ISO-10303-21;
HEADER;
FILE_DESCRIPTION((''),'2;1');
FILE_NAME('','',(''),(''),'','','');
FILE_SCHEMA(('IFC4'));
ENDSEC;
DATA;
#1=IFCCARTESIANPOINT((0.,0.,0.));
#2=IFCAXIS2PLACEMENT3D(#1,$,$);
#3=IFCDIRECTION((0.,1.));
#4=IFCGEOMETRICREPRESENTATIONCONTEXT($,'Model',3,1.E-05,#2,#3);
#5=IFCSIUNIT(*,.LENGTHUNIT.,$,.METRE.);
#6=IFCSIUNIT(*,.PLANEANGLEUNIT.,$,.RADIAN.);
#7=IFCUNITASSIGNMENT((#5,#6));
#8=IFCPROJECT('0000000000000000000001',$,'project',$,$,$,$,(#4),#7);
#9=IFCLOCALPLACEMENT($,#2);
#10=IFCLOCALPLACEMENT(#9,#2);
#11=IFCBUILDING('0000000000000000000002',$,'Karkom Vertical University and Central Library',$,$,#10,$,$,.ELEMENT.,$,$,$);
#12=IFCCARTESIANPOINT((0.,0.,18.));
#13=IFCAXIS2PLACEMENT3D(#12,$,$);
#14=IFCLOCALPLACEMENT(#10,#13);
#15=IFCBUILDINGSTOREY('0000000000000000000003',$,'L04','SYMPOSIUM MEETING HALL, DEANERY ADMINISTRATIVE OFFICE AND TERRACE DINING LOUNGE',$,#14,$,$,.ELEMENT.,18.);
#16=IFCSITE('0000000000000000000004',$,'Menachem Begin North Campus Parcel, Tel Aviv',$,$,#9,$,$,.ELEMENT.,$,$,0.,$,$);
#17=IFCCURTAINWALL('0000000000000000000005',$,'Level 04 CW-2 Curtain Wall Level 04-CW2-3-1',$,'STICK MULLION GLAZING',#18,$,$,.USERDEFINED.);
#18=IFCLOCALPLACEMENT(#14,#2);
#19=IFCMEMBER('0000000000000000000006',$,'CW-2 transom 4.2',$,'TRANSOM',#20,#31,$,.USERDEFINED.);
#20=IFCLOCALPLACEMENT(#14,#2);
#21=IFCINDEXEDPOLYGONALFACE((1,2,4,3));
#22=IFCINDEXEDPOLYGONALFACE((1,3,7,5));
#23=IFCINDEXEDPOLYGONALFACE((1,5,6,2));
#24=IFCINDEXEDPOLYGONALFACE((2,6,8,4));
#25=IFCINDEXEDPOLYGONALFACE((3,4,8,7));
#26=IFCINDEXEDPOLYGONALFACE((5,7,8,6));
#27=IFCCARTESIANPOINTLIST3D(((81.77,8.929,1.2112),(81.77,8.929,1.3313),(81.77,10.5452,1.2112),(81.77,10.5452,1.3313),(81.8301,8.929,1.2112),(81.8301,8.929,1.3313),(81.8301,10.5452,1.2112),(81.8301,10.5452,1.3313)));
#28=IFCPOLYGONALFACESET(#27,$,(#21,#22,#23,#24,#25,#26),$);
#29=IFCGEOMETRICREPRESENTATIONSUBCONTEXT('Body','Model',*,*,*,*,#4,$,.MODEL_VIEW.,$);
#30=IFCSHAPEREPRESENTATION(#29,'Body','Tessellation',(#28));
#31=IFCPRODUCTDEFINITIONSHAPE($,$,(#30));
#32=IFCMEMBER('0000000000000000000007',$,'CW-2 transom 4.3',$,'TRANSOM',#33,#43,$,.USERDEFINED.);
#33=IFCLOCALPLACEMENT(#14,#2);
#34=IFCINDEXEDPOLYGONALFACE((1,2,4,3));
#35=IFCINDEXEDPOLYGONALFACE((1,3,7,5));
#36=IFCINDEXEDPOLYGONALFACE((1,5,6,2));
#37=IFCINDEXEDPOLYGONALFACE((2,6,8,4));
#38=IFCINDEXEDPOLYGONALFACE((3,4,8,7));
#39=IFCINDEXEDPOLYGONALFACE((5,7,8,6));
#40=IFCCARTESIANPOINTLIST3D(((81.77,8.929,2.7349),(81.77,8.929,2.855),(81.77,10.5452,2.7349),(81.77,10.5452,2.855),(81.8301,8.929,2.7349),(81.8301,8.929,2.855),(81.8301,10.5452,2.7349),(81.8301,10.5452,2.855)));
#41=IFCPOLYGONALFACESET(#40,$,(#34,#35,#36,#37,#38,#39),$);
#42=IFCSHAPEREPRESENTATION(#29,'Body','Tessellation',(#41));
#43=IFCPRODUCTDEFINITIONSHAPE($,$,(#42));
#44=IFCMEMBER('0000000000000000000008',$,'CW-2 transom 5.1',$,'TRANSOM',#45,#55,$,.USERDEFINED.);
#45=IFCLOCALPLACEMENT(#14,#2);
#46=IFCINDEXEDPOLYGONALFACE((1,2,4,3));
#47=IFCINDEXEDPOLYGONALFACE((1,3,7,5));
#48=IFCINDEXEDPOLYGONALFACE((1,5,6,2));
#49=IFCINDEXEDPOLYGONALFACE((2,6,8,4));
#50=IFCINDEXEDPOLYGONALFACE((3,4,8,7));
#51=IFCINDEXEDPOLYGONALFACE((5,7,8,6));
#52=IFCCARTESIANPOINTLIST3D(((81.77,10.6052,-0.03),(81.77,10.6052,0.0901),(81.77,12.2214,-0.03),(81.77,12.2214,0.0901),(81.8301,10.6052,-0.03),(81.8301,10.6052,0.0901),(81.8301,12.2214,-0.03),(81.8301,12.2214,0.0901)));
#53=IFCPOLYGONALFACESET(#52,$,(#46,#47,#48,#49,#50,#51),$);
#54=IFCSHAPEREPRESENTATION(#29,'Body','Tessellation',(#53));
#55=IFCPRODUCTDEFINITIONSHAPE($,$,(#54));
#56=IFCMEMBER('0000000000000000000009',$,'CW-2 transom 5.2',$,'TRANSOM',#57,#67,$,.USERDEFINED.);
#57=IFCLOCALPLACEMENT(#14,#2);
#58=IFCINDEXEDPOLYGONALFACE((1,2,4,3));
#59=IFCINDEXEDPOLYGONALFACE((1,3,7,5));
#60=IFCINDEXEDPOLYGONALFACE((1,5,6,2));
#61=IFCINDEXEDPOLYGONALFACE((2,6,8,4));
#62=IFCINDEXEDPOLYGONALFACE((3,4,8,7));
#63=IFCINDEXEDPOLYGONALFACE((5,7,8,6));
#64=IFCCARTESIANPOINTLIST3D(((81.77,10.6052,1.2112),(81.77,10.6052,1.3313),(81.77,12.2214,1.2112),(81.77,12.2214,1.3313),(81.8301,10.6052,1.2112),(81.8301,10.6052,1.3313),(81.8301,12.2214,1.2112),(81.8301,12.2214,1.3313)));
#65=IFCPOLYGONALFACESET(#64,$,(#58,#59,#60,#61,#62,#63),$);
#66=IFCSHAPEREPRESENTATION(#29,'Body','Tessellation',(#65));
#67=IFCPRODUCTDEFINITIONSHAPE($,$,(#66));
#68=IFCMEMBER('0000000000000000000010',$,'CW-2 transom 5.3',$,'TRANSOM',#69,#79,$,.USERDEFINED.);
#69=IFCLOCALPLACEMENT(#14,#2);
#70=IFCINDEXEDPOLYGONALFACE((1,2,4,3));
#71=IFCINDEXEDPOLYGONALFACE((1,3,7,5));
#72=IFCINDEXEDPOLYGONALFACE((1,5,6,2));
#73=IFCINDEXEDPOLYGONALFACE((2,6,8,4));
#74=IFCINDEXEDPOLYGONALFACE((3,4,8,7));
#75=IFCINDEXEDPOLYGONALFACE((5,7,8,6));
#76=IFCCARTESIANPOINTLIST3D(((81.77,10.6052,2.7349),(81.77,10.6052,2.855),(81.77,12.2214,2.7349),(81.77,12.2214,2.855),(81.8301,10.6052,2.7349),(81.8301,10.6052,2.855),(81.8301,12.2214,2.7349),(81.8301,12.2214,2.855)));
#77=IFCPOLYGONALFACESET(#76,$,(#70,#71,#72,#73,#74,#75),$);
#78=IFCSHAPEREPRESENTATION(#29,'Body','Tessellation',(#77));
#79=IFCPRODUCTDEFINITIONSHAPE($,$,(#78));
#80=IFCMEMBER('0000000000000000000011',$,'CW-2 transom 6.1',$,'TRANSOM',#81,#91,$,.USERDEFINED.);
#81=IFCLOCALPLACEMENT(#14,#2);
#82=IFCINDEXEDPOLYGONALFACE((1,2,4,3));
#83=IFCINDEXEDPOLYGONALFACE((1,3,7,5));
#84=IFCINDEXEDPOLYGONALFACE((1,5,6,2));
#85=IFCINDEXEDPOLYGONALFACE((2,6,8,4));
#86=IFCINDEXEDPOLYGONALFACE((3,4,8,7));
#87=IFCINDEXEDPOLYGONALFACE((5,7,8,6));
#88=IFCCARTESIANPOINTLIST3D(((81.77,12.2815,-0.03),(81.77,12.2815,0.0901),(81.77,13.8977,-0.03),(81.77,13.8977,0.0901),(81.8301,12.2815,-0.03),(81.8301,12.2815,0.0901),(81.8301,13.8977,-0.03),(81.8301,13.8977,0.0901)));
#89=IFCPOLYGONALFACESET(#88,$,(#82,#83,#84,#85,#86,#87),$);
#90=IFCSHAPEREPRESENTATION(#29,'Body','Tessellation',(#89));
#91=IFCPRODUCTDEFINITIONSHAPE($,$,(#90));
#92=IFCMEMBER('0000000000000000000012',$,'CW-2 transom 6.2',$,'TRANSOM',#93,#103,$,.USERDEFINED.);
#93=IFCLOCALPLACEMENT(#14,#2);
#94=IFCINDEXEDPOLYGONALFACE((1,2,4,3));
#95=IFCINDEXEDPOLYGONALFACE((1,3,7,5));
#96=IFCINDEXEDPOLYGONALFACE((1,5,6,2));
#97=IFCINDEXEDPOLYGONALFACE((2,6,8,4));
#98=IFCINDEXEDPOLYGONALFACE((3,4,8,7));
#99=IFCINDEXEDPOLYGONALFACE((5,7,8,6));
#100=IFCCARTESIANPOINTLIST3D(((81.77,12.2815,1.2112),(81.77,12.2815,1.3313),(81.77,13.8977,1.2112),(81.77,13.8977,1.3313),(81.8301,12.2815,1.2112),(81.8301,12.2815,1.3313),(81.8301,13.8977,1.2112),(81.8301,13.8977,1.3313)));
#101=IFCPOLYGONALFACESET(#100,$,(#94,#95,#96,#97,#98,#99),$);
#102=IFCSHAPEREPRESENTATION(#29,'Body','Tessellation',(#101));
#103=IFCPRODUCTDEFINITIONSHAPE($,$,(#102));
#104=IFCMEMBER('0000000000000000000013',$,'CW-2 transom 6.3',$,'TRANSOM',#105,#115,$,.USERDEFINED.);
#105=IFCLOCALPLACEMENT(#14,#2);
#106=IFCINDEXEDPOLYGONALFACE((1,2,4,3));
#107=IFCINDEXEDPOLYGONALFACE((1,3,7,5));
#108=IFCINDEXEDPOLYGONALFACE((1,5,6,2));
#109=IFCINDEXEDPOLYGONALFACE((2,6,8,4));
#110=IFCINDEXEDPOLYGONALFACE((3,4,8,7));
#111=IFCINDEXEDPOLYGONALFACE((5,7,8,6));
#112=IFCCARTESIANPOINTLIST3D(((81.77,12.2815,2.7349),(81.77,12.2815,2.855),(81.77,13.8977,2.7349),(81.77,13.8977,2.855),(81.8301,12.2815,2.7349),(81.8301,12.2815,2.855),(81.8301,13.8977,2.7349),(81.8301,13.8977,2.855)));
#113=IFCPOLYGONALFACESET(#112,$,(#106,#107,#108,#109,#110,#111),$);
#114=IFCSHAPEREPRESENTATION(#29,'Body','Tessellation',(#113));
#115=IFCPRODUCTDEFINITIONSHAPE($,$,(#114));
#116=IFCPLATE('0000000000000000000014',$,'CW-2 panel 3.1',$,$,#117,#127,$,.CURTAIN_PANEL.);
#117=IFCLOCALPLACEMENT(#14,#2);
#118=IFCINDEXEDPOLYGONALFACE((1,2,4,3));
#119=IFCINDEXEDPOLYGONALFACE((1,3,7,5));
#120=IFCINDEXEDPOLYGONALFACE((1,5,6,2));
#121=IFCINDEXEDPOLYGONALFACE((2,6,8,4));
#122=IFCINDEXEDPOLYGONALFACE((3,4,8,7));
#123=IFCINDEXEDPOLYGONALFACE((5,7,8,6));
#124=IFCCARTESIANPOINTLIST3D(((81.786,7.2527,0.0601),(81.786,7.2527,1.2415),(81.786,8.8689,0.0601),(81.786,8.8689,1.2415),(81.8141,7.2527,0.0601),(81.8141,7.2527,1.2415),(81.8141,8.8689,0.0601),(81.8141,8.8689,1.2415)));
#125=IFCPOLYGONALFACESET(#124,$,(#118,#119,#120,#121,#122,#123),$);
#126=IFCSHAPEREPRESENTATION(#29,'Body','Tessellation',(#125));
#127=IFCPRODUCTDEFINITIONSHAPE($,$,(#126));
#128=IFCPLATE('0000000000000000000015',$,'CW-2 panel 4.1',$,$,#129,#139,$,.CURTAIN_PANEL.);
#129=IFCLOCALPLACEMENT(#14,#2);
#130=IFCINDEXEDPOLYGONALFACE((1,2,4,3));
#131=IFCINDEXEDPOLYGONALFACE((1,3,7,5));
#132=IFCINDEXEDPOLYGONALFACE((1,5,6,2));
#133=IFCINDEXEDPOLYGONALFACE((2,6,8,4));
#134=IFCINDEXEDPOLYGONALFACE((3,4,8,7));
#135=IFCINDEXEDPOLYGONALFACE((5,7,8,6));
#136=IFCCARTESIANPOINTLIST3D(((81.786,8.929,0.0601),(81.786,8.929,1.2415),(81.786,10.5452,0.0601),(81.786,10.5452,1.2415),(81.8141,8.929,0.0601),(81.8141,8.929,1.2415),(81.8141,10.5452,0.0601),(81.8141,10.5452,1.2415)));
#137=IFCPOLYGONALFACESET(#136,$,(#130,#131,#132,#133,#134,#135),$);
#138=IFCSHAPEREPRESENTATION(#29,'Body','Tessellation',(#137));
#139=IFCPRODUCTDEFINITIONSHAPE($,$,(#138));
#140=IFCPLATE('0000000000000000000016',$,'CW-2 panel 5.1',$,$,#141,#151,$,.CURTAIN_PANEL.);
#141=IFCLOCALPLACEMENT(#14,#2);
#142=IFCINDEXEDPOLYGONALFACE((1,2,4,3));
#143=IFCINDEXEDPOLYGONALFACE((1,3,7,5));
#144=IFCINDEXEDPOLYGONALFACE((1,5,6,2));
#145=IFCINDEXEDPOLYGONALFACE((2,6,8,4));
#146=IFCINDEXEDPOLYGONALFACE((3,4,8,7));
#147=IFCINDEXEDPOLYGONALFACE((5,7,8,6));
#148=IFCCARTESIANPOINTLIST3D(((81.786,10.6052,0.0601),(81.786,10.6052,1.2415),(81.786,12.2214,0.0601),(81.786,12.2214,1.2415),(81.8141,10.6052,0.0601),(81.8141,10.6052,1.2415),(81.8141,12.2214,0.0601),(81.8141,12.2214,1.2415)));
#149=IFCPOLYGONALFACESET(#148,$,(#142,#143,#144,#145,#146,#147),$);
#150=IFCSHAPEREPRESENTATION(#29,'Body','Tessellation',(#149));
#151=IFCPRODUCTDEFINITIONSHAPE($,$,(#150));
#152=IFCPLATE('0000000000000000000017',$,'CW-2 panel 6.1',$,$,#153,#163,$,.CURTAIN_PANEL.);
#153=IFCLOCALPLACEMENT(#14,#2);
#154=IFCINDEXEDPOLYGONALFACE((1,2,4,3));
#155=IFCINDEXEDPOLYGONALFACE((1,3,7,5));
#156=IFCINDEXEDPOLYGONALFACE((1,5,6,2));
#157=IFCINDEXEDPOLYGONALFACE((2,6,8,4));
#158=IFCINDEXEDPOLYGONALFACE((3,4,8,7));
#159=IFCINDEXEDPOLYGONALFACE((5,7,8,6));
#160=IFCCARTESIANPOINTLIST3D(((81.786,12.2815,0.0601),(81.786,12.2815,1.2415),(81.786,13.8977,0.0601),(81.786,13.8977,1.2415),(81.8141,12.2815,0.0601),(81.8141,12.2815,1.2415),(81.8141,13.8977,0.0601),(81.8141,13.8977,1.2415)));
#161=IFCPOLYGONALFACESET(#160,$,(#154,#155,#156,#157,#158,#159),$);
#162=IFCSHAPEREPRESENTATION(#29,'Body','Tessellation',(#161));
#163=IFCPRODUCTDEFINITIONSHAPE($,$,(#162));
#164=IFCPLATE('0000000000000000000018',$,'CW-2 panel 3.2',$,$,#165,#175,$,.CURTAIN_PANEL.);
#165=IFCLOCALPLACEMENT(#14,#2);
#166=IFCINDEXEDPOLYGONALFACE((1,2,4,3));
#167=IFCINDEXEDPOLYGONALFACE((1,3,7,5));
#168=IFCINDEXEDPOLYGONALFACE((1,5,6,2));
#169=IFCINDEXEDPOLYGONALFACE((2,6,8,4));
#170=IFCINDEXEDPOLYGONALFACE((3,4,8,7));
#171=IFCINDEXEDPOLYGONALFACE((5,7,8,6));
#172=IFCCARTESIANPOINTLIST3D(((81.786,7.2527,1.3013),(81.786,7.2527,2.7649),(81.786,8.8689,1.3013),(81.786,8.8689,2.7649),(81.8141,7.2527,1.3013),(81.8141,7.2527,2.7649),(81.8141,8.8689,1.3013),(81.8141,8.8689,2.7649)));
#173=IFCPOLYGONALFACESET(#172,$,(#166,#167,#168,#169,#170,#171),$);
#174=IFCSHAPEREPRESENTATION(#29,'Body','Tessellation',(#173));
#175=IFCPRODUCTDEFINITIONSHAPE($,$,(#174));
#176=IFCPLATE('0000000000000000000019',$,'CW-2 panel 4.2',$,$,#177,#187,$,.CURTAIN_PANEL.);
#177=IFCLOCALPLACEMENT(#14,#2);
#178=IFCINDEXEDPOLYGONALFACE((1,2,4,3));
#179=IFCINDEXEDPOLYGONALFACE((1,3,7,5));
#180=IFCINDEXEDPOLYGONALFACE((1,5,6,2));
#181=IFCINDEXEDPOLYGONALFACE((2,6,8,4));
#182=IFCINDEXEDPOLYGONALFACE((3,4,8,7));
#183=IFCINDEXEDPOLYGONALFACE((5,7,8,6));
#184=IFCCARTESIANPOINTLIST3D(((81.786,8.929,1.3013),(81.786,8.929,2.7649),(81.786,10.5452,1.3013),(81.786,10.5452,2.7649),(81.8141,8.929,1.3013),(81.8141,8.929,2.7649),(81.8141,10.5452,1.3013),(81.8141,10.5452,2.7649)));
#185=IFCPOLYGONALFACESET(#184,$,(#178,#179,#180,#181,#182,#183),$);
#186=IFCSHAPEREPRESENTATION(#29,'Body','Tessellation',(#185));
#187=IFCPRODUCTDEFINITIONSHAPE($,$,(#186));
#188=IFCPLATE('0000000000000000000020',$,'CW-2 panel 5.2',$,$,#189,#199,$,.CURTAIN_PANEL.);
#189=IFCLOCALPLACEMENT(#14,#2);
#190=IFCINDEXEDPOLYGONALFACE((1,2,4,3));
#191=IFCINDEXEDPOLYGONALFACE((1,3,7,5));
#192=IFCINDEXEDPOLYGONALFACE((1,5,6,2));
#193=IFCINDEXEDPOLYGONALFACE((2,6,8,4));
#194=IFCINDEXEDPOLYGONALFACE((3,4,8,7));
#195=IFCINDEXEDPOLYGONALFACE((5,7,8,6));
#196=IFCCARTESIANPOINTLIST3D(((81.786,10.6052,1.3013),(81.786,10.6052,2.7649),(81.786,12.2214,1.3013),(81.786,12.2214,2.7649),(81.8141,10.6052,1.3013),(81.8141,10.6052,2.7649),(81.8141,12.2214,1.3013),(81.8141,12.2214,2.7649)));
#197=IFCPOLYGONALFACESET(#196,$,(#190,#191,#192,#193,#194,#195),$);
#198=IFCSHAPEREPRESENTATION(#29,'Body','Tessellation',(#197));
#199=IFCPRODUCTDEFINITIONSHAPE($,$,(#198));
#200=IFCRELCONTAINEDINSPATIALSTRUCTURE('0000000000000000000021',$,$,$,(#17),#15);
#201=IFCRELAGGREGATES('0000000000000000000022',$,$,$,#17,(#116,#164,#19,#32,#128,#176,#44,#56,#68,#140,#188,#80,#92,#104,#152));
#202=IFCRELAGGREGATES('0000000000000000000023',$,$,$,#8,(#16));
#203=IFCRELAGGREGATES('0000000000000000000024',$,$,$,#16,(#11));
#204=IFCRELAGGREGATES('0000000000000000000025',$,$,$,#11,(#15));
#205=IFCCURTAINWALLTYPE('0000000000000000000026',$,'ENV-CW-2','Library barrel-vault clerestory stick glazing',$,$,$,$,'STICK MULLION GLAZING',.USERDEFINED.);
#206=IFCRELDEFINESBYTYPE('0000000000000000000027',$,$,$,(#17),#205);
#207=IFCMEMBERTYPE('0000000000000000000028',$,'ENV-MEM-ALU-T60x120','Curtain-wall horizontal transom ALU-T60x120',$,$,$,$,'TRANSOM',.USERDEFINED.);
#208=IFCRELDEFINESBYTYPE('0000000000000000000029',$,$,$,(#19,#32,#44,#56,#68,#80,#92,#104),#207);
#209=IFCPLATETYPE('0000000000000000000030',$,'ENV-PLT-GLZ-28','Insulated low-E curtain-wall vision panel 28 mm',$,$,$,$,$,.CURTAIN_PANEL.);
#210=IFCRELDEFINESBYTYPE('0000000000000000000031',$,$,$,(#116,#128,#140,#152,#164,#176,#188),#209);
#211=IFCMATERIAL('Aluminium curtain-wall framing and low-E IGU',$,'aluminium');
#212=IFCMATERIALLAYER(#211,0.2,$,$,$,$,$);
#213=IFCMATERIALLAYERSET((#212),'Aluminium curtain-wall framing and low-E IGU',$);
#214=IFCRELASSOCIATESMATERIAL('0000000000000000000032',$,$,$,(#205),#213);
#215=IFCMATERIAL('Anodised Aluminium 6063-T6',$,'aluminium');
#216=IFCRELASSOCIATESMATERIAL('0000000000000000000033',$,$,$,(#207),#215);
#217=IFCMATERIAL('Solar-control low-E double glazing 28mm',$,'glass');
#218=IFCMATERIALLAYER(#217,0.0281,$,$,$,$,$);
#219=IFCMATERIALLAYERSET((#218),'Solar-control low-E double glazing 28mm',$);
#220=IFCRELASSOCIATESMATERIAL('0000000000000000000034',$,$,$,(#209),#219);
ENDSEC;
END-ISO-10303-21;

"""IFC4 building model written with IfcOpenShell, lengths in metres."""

from ifc_helpers import new_model, si_unit, direction, frame, origin, origin_with_axes, origin_2d, place, context, subcontext, project, spatial, rectangle, extrude, source, transform, mapped, material, layer, layer_set, material_profile, profile_set, type_object, element, aggregate, save


model = new_model("IFC4")

# Units and contexts
model_context = context("Model", 3, precision=1e-05, world=origin(), true_north=direction((0.0, 1.0)))
body_context = subcontext(model_context, "Body", "Model", "MODEL_VIEW")
ifc_project = project(units=[si_unit("LENGTHUNIT", "METRE"), si_unit("PLANEANGLEUNIT", "RADIAN")], contexts=[model_context])

# Site, building, storey
site_placement = place(None, origin())
site = spatial("IfcSite", under=ifc_project, at=site_placement, Name="Menachem Begin North Campus Parcel, Tel Aviv", CompositionType="ELEMENT", RefElevation=0.0)
building_placement = place(site_placement, origin())
building = spatial("IfcBuilding", under=site, at=building_placement, Name="Karkom Vertical University and Central Library", CompositionType="ELEMENT")
storey_placement = place(building_placement, frame((0.0, 0.0, 18.0)))
storey = spatial("IfcBuildingStorey", under=building, at=storey_placement, Name="L04", Description="SYMPOSIUM MEETING HALL, DEANERY ADMINISTRATIVE OFFICE AND TERRACE DINING LOUNGE", CompositionType="ELEMENT", Elevation=18.0)

# Curtain wall, members, plates
ifc_material_1 = material(Name="Aluminium curtain-wall framing and low-E IGU", Category="aluminium")
ifc_layer_1 = layer(ifc_material_1, 0.2)
ifc_layer_set_1 = layer_set([ifc_layer_1], Name="Aluminium curtain-wall framing and low-E IGU")
curtain_wall_type = type_object("IfcCurtainWallType", Name="ENV-CW-2", Description="Library barrel-vault clerestory stick glazing", ElementType="STICK MULLION GLAZING", PredefinedType="USERDEFINED", material=ifc_layer_set_1)
curtain_wall_placement = place(storey_placement, origin())
curtain_wall = element("IfcCurtainWall", 1, at=curtain_wall_placement, inside=storey, type_object=curtain_wall_type, Name="Level 04 CW-2 Curtain Wall Level 04-CW2-3-1", ObjectType="STICK MULLION GLAZING", PredefinedType="USERDEFINED")
ifc_material_2 = material(Name="Anodised Aluminium 6063-T6", Category="aluminium")
ifc_material_profile_1 = material_profile(ifc_material_2, rectangle(XDim=0.0601, YDim=0.1201, at=origin_2d()), Name="ALU-T60x120")
ifc_profile_set_1 = profile_set([ifc_material_profile_1], Name="Anodised Aluminium 6063-T6")
member_type_1 = type_object("IfcMemberType", Name="ENV-MEM-ALU-T60x120", Description="Curtain-wall horizontal transom ALU-T60x120", ElementType="TRANSOM", PredefinedType="USERDEFINED", material=ifc_profile_set_1)
shared_shape_1 = source(origin_with_axes(), body_context, "Body", "SweptSolid", [
    extrude(rectangle(XDim=0.0601, YDim=0.1201, at=origin_2d()), origin(), (0.0, 0.0, 1.0), 1.6162),
])
member_1_placement = place(storey_placement, frame((81.8, 8.929, 1.2712), z_axis=(0.0, 1.0, 0.0), x_axis=(-1.0, 0.0, 0.0)))
member_1 = element("IfcMember", 2, at=member_1_placement, type_object=member_type_1, Name="CW-2 transom 4.2", ObjectType="TRANSOM", PredefinedType="USERDEFINED", context=body_context, shape_type="MappedRepresentation", body=[
    mapped(shared_shape_1, transform((0.0, 0.0, 0.0), scale=1.0)),
])
member_2_placement = place(storey_placement, frame((81.8, 8.929, 2.7949), z_axis=(0.0, 1.0, 0.0), x_axis=(-1.0, 0.0, 0.0)))
member_2 = element("IfcMember", 3, at=member_2_placement, type_object=member_type_1, Name="CW-2 transom 4.3", ObjectType="TRANSOM", PredefinedType="USERDEFINED", context=body_context, shape_type="MappedRepresentation", body=[
    mapped(shared_shape_1, transform((0.0, 0.0, 0.0), scale=1.0)),
])
member_3_placement = place(storey_placement, frame((81.8, 10.6052, 0.03), z_axis=(0.0, 1.0, 0.0), x_axis=(-1.0, 0.0, 0.0)))
member_3 = element("IfcMember", 4, at=member_3_placement, type_object=member_type_1, Name="CW-2 transom 5.1", ObjectType="TRANSOM", PredefinedType="USERDEFINED", context=body_context, shape_type="MappedRepresentation", body=[
    mapped(shared_shape_1, transform((0.0, 0.0, 0.0), scale=1.0)),
])
member_4_placement = place(storey_placement, frame((81.8, 10.6052, 1.2712), z_axis=(0.0, 1.0, 0.0), x_axis=(-1.0, 0.0, 0.0)))
member_4 = element("IfcMember", 5, at=member_4_placement, type_object=member_type_1, Name="CW-2 transom 5.2", ObjectType="TRANSOM", PredefinedType="USERDEFINED", context=body_context, shape_type="MappedRepresentation", body=[
    mapped(shared_shape_1, transform((0.0, 0.0, 0.0), scale=1.0)),
])
member_5_placement = place(storey_placement, frame((81.8, 10.6052, 2.7949), z_axis=(0.0, 1.0, 0.0), x_axis=(-1.0, 0.0, 0.0)))
member_5 = element("IfcMember", 6, at=member_5_placement, type_object=member_type_1, Name="CW-2 transom 5.3", ObjectType="TRANSOM", PredefinedType="USERDEFINED", context=body_context, shape_type="MappedRepresentation", body=[
    mapped(shared_shape_1, transform((0.0, 0.0, 0.0), scale=1.0)),
])
member_6_placement = place(storey_placement, frame((81.8, 12.2815, 0.03), z_axis=(0.0, 1.0, 0.0), x_axis=(-1.0, 0.0, 0.0)))
member_6 = element("IfcMember", 7, at=member_6_placement, type_object=member_type_1, Name="CW-2 transom 6.1", ObjectType="TRANSOM", PredefinedType="USERDEFINED", context=body_context, shape_type="MappedRepresentation", body=[
    mapped(shared_shape_1, transform((0.0, 0.0, 0.0), scale=1.0)),
])
member_7_placement = place(storey_placement, frame((81.8, 12.2815, 1.2712), z_axis=(0.0, 1.0, 0.0), x_axis=(-1.0, 0.0, 0.0)))
member_7 = element("IfcMember", 8, at=member_7_placement, type_object=member_type_1, Name="CW-2 transom 6.2", ObjectType="TRANSOM", PredefinedType="USERDEFINED", context=body_context, shape_type="MappedRepresentation", body=[
    mapped(shared_shape_1, transform((0.0, 0.0, 0.0), scale=1.0)),
])
member_8_placement = place(storey_placement, frame((81.8, 12.2815, 2.7949), z_axis=(0.0, 1.0, 0.0), x_axis=(-1.0, 0.0, 0.0)))
member_8 = element("IfcMember", 9, at=member_8_placement, type_object=member_type_1, Name="CW-2 transom 6.3", ObjectType="TRANSOM", PredefinedType="USERDEFINED", context=body_context, shape_type="MappedRepresentation", body=[
    mapped(shared_shape_1, transform((0.0, 0.0, 0.0), scale=1.0)),
])
ifc_material_3 = material(Name="Solar-control low-E double glazing 28mm", Category="glass")
ifc_layer_2 = layer(ifc_material_3, 0.0281)
ifc_layer_set_2 = layer_set([ifc_layer_2], Name="Solar-control low-E double glazing 28mm")
plate_type = type_object("IfcPlateType", Name="ENV-PLT-GLZ-28", Description="Insulated low-E curtain-wall vision panel 28 mm", PredefinedType="CURTAIN_PANEL", material=ifc_layer_set_2)
shared_shape_2 = source(origin_with_axes(), body_context, "Body", "SweptSolid", [
    extrude(rectangle(XDim=1.6162, YDim=0.0281, at=origin_2d()), origin(), (0.0, 0.0, 1.0), 1.1814),
])
plate_1_placement = place(storey_placement, frame((81.8, 8.0608, 0.0601), z_axis=(0.0, 0.0, 1.0), x_axis=(0.0, 1.0, 0.0)))
plate_1 = element("IfcPlate", 10, at=plate_1_placement, type_object=plate_type, Name="CW-2 panel 3.1", PredefinedType="CURTAIN_PANEL", context=body_context, shape_type="MappedRepresentation", body=[
    mapped(shared_shape_2, transform((0.0, 0.0, 0.0), scale=1.0)),
])
plate_2_placement = place(storey_placement, frame((81.8, 9.7371, 0.0601), z_axis=(0.0, 0.0, 1.0), x_axis=(0.0, 1.0, 0.0)))
plate_2 = element("IfcPlate", 11, at=plate_2_placement, type_object=plate_type, Name="CW-2 panel 4.1", PredefinedType="CURTAIN_PANEL", context=body_context, shape_type="MappedRepresentation", body=[
    mapped(shared_shape_2, transform((0.0, 0.0, 0.0), scale=1.0)),
])
plate_3_placement = place(storey_placement, frame((81.8, 11.4133, 0.0601), z_axis=(0.0, 0.0, 1.0), x_axis=(0.0, 1.0, 0.0)))
plate_3 = element("IfcPlate", 12, at=plate_3_placement, type_object=plate_type, Name="CW-2 panel 5.1", PredefinedType="CURTAIN_PANEL", context=body_context, shape_type="MappedRepresentation", body=[
    mapped(shared_shape_2, transform((0.0, 0.0, 0.0), scale=1.0)),
])
plate_4_placement = place(storey_placement, frame((81.8, 13.0896, 0.0601), z_axis=(0.0, 0.0, 1.0), x_axis=(0.0, 1.0, 0.0)))
plate_4 = element("IfcPlate", 13, at=plate_4_placement, type_object=plate_type, Name="CW-2 panel 6.1", PredefinedType="CURTAIN_PANEL", context=body_context, shape_type="MappedRepresentation", body=[
    mapped(shared_shape_2, transform((0.0, 0.0, 0.0), scale=1.0)),
])
shared_shape_3 = source(origin_with_axes(), body_context, "Body", "SweptSolid", [
    extrude(rectangle(XDim=1.6162, YDim=0.0281, at=origin_2d()), origin(), (0.0, 0.0, 1.0), 1.4636),
])
plate_5_placement = place(storey_placement, frame((81.8, 8.0608, 1.3013), z_axis=(0.0, 0.0, 1.0), x_axis=(0.0, 1.0, 0.0)))
plate_5 = element("IfcPlate", 14, at=plate_5_placement, type_object=plate_type, Name="CW-2 panel 3.2", PredefinedType="CURTAIN_PANEL", context=body_context, shape_type="MappedRepresentation", body=[
    mapped(shared_shape_3, transform((0.0, 0.0, 0.0), scale=1.0)),
])
plate_6_placement = place(storey_placement, frame((81.8, 9.7371, 1.3013), z_axis=(0.0, 0.0, 1.0), x_axis=(0.0, 1.0, 0.0)))
plate_6 = element("IfcPlate", 15, at=plate_6_placement, type_object=plate_type, Name="CW-2 panel 4.2", PredefinedType="CURTAIN_PANEL", context=body_context, shape_type="MappedRepresentation", body=[
    mapped(shared_shape_3, transform((0.0, 0.0, 0.0), scale=1.0)),
])
plate_7_placement = place(storey_placement, frame((81.8, 11.4133, 1.3013), z_axis=(0.0, 0.0, 1.0), x_axis=(0.0, 1.0, 0.0)))
plate_7 = element("IfcPlate", 16, at=plate_7_placement, type_object=plate_type, Name="CW-2 panel 5.2", PredefinedType="CURTAIN_PANEL", context=body_context, shape_type="MappedRepresentation", body=[
    mapped(shared_shape_3, transform((0.0, 0.0, 0.0), scale=1.0)),
])
aggregate(curtain_wall, [plate_1, plate_5, member_1, member_2, plate_2, plate_6, member_3, member_4, member_5, plate_3, plate_7, member_6, member_7, member_8, plate_4])

save(model, "model.ifc")
